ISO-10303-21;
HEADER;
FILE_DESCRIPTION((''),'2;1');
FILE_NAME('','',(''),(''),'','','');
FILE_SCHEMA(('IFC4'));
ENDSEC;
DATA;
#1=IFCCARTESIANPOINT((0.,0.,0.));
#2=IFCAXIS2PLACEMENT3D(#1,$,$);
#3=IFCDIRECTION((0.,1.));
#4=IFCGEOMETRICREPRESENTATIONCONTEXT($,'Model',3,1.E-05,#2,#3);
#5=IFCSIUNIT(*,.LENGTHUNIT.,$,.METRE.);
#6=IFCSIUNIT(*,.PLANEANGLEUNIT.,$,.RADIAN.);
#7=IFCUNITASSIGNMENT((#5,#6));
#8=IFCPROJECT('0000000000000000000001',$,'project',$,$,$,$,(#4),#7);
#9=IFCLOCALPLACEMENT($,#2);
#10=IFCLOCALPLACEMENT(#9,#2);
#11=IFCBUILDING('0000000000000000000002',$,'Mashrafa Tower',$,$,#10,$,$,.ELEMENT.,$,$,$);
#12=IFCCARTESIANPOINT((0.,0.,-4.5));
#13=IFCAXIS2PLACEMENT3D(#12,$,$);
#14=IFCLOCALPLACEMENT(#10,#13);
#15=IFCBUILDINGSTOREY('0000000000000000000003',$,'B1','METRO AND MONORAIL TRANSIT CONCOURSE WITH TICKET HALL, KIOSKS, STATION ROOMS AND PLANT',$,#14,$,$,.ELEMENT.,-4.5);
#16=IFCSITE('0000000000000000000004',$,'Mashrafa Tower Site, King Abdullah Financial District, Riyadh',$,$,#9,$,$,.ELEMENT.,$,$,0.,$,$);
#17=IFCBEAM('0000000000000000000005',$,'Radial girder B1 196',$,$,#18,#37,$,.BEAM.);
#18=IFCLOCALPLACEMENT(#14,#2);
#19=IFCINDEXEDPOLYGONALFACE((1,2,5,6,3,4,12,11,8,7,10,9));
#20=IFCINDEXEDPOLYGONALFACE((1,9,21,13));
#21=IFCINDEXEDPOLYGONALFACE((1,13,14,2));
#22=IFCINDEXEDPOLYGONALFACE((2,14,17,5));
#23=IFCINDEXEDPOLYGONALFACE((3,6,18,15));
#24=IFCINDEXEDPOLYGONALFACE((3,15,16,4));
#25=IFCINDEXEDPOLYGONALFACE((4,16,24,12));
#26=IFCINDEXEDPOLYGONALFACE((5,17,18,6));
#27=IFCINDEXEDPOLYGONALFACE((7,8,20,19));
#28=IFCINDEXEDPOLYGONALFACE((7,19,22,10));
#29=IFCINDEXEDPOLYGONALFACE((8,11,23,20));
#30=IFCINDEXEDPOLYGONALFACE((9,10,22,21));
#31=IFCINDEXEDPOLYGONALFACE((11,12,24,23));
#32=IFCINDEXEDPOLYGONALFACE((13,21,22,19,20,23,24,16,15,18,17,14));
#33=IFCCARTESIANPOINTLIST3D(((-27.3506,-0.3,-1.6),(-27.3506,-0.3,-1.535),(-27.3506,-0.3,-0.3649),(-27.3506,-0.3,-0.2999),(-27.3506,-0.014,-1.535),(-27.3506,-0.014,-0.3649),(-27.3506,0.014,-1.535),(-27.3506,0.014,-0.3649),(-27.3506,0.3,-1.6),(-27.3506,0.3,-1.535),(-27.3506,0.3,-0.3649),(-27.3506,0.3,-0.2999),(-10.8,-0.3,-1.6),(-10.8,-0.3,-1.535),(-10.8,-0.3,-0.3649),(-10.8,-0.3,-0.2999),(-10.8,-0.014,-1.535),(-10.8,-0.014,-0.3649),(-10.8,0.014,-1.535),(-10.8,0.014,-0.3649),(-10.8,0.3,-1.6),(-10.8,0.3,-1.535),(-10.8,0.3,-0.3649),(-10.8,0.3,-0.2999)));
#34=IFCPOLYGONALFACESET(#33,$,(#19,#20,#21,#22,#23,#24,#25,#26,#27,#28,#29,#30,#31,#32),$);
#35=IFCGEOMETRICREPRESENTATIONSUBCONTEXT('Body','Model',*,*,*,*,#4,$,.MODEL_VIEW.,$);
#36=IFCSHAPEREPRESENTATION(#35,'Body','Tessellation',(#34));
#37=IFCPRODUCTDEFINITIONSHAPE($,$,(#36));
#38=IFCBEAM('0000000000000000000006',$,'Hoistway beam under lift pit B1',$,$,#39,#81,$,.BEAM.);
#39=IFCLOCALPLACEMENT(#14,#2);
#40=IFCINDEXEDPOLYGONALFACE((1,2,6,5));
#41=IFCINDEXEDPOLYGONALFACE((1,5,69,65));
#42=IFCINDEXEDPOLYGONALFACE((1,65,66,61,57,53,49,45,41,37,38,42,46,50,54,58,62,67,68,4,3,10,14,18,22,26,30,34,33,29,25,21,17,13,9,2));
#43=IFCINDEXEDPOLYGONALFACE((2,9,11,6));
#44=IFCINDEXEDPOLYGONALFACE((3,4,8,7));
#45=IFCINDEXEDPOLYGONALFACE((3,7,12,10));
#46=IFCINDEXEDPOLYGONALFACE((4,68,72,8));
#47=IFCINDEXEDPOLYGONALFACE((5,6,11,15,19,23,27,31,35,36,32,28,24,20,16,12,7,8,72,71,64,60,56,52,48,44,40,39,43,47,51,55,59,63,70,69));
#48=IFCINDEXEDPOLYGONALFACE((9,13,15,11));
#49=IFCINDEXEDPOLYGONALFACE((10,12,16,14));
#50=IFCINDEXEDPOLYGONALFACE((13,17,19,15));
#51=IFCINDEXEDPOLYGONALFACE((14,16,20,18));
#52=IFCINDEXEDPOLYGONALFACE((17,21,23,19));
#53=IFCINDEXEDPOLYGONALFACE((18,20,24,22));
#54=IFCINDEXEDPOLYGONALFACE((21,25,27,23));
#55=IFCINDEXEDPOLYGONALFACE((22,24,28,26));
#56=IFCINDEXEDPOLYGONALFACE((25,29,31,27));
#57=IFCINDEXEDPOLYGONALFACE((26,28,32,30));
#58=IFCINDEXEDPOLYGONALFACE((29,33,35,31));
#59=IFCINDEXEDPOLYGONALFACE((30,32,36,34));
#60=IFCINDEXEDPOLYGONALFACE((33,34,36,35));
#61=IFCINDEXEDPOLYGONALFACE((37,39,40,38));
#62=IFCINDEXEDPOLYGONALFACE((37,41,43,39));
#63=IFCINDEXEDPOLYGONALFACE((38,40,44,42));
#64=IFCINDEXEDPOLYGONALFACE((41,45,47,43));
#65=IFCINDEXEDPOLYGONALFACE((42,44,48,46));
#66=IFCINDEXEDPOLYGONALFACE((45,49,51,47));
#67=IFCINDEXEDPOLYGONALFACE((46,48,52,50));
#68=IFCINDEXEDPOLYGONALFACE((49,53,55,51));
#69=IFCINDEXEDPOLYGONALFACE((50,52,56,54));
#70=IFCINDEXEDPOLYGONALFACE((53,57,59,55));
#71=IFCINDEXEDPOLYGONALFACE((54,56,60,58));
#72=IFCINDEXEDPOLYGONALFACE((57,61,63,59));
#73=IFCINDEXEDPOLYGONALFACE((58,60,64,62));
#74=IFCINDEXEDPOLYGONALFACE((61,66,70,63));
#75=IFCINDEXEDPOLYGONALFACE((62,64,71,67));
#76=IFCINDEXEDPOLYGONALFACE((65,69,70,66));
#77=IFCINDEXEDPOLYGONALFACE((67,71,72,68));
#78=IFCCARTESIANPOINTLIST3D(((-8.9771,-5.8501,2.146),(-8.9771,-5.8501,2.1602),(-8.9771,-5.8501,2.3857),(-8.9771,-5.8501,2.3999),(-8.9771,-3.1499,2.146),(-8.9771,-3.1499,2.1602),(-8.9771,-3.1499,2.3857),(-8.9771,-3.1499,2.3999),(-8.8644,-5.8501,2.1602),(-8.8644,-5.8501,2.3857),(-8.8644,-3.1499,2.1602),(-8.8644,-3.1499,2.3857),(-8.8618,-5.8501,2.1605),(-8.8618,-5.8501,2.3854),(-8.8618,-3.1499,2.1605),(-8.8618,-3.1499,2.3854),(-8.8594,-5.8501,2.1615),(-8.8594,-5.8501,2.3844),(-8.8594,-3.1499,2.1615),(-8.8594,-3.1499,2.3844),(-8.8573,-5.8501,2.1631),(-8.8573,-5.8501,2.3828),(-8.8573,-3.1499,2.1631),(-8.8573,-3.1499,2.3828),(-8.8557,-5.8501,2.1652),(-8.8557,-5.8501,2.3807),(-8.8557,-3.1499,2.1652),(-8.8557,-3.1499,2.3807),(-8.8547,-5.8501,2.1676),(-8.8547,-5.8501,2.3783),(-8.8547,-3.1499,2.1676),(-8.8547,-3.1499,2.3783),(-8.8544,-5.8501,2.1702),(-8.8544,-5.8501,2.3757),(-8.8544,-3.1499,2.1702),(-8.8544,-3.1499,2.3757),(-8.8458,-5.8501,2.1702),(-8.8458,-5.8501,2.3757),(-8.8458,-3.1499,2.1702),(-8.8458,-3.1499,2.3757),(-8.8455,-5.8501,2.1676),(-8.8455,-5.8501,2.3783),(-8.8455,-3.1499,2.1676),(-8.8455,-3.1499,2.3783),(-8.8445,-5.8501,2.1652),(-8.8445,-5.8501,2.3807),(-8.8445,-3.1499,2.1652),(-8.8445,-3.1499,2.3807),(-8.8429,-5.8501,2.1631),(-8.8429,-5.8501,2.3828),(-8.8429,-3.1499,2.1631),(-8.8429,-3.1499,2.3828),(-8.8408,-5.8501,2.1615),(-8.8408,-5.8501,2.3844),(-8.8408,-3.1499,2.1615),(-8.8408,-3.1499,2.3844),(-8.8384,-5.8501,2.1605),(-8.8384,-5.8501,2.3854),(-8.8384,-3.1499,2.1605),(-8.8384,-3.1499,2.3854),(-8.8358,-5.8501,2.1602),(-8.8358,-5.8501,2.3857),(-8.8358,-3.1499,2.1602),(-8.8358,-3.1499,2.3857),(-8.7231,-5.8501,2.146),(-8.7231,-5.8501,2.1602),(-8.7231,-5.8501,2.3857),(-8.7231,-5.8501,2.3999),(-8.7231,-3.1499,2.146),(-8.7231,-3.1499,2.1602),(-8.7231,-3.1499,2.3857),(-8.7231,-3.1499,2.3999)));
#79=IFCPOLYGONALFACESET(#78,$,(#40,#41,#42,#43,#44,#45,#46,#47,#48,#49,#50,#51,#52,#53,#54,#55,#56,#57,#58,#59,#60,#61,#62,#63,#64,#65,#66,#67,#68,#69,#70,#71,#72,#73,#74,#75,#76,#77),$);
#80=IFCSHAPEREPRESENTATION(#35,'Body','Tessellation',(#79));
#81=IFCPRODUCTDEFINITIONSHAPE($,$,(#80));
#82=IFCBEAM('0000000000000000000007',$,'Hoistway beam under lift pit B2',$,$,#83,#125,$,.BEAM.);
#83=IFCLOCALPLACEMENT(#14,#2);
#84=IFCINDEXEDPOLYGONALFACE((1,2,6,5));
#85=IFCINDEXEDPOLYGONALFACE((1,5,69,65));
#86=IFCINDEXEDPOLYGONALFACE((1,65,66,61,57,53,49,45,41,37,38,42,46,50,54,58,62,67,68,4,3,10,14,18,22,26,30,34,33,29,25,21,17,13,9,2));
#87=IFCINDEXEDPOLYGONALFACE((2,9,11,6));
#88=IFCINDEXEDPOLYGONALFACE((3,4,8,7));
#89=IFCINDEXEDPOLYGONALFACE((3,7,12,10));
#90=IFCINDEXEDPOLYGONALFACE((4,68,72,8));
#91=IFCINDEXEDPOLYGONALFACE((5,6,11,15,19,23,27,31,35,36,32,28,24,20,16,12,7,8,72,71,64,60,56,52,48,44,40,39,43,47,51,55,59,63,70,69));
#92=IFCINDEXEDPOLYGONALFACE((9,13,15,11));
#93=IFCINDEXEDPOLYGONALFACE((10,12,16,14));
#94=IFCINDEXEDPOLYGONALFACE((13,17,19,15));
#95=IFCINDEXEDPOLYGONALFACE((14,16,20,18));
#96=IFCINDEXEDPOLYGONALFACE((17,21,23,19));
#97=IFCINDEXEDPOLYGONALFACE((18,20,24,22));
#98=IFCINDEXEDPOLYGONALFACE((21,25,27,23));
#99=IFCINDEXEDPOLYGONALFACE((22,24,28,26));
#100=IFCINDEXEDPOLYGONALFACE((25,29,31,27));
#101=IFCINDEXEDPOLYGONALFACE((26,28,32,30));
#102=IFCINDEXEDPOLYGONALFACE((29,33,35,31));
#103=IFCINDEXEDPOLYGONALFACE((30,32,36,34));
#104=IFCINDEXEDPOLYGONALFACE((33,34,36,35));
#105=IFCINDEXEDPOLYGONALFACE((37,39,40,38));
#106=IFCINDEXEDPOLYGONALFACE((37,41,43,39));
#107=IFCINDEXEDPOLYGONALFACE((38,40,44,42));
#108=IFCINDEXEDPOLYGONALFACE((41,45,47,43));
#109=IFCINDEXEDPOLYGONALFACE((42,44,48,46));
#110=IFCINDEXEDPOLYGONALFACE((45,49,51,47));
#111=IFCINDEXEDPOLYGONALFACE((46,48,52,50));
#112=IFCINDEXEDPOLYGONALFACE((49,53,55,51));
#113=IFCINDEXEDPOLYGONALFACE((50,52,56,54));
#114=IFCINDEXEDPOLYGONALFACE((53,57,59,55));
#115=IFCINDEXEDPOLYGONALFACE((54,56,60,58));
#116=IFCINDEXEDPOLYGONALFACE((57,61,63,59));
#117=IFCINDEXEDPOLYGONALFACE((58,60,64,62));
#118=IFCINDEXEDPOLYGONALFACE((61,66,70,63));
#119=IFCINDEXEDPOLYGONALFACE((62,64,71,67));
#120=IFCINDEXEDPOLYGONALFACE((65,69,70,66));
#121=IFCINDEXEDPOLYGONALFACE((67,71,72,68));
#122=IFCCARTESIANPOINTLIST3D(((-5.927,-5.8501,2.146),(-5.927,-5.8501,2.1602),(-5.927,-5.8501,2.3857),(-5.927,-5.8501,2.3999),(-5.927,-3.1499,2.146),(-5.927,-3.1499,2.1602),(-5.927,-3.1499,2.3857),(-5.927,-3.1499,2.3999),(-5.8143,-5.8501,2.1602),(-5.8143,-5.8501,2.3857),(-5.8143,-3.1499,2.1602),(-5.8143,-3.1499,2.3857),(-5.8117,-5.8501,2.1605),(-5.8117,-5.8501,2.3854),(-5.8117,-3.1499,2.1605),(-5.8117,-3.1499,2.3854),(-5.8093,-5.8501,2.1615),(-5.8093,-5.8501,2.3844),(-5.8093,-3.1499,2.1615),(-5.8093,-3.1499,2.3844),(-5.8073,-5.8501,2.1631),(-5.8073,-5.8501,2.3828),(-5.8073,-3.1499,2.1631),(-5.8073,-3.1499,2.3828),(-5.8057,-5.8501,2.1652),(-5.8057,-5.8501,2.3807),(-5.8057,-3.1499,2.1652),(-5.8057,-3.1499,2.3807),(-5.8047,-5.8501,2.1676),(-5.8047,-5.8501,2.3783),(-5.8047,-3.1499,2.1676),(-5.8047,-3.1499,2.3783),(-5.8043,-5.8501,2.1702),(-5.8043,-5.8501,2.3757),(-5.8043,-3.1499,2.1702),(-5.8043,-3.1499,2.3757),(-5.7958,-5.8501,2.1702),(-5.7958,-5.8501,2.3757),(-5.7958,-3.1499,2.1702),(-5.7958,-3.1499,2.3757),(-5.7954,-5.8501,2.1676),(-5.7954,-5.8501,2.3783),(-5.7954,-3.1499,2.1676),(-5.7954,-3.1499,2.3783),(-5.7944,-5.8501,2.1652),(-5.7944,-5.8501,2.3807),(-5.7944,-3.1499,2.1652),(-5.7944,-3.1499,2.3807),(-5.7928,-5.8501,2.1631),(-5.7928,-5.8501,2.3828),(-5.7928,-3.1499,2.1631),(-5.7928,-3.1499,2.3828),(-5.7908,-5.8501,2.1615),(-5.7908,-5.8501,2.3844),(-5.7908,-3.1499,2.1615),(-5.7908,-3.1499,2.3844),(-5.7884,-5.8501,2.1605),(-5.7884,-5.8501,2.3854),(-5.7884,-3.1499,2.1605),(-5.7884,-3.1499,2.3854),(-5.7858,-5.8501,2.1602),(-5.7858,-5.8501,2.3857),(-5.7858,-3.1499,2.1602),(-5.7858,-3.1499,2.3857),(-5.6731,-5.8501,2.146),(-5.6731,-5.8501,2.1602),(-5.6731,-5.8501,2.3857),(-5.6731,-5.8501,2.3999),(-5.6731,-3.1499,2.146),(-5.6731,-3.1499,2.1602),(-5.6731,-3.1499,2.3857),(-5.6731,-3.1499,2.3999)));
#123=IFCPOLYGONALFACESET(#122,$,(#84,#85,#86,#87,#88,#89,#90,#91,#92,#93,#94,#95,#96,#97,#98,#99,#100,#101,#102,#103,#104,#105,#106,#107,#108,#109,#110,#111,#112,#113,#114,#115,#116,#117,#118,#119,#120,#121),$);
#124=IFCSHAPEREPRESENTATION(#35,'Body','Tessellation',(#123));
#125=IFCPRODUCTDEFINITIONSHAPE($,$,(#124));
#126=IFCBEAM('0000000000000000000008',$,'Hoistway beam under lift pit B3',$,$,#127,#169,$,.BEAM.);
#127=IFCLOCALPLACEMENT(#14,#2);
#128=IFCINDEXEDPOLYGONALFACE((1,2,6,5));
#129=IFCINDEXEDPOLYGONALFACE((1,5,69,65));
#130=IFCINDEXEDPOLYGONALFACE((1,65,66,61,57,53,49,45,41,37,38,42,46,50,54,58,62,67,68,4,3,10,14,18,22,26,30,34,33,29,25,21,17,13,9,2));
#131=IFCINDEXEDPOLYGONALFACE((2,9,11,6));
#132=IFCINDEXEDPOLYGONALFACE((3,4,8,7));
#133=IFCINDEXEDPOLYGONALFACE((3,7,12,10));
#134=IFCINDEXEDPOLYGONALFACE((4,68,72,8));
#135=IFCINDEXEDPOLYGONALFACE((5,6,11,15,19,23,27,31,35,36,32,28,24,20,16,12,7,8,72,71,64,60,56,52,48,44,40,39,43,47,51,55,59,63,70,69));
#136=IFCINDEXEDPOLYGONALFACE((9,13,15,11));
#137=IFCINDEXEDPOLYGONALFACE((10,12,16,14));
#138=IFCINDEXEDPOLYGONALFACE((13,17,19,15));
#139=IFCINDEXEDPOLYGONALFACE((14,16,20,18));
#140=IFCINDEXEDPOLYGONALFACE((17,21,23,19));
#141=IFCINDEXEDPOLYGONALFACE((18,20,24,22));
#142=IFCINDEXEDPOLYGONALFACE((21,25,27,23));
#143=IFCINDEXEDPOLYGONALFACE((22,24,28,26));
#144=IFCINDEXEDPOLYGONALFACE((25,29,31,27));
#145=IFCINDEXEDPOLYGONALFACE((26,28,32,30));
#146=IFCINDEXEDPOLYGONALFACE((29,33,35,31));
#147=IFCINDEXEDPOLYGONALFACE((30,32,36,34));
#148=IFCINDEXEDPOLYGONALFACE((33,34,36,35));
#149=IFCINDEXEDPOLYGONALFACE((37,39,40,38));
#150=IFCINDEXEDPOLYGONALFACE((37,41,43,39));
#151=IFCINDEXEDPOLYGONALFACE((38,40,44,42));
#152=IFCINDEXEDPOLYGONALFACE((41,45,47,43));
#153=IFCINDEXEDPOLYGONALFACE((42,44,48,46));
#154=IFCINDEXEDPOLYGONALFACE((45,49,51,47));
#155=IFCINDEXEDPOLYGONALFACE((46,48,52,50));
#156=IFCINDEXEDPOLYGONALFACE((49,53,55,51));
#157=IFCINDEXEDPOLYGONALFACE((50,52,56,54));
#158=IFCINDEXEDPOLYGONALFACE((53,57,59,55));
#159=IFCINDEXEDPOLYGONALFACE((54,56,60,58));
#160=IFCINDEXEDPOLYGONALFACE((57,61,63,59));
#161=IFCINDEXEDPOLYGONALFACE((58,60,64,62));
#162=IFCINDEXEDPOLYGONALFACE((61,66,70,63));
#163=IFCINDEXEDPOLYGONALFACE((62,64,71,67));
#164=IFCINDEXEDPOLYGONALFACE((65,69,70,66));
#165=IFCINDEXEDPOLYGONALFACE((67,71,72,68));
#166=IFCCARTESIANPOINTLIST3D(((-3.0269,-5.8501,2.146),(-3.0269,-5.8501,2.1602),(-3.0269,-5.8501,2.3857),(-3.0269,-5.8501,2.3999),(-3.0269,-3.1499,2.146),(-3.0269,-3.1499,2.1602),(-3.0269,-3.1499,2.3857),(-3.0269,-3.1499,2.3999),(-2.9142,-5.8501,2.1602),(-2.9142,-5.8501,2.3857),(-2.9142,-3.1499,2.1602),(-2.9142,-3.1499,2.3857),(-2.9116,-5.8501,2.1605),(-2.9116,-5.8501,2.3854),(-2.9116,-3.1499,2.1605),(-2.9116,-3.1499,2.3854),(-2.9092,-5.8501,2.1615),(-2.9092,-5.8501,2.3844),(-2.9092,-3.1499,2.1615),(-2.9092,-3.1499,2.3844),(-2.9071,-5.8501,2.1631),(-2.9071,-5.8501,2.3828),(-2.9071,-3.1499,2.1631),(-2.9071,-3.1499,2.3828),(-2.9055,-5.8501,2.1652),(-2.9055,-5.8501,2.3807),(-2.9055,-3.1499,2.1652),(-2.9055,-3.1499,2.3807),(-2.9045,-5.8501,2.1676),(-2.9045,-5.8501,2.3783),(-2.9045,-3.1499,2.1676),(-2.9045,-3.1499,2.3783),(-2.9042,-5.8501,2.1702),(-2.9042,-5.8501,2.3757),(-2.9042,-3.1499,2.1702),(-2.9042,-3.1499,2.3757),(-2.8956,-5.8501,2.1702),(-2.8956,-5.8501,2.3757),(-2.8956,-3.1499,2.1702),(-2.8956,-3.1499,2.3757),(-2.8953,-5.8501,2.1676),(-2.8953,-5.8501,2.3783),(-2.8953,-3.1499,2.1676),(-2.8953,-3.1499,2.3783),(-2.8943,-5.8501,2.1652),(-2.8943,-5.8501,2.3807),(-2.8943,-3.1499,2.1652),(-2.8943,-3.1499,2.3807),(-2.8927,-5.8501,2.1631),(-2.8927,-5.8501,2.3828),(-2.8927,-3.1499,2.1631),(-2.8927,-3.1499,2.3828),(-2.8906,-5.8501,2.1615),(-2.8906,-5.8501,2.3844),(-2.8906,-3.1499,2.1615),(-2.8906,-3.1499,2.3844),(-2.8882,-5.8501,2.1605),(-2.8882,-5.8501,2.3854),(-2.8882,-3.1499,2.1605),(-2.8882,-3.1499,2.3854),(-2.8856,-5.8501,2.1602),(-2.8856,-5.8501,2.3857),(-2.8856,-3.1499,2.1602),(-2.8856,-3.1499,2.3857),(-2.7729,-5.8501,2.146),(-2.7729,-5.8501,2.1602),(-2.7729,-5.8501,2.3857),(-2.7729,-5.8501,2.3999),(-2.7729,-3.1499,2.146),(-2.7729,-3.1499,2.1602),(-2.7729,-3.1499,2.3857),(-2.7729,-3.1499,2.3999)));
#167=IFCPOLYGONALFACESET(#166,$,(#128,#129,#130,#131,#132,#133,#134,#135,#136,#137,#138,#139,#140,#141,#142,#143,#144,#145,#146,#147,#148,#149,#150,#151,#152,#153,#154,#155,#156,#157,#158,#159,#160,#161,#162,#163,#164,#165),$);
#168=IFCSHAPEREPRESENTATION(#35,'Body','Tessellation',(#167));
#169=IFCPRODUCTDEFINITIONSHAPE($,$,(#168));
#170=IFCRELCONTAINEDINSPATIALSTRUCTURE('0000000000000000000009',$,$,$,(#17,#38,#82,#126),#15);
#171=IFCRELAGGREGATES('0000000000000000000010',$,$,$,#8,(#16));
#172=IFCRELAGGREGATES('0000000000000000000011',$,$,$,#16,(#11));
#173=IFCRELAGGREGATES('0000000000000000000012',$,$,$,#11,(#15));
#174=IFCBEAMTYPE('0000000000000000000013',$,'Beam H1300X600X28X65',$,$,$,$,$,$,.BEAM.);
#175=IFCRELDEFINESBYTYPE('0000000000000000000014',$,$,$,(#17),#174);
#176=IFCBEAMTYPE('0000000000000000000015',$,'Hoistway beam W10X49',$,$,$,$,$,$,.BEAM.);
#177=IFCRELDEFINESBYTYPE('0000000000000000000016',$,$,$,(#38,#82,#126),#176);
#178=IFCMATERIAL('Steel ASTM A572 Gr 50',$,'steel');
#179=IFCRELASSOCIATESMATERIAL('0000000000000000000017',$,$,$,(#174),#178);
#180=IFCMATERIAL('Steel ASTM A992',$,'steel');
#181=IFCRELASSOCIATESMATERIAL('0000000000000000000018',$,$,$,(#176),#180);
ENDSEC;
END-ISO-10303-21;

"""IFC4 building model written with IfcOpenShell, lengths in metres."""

from ifc_helpers import new_model, si_unit, direction, frame, origin, origin_2d, place, context, subcontext, project, spatial, i_section, extrude, material, material_profile, profile_set, type_object, element, save


model = new_model("IFC4")

# Units and contexts
model_context = context("Model", 3, precision=1e-05, world=origin(), true_north=direction((0.0, 1.0)))
body_context = subcontext(model_context, "Body", "Model", "MODEL_VIEW")
ifc_project = project(units=[si_unit("LENGTHUNIT", "METRE"), si_unit("PLANEANGLEUNIT", "RADIAN")], contexts=[model_context])

# Site, building, storey
site_placement = place(None, origin())
site = spatial("IfcSite", under=ifc_project, at=site_placement, Name="Mashrafa Tower Site, King Abdullah Financial District, Riyadh", CompositionType="ELEMENT", RefElevation=0.0)
building_placement = place(site_placement, origin())
building = spatial("IfcBuilding", under=site, at=building_placement, Name="Mashrafa Tower", CompositionType="ELEMENT")
storey_placement = place(building_placement, frame((0.0, 0.0, -4.5)))
storey = spatial("IfcBuildingStorey", under=building, at=storey_placement, Name="B1", Description="METRO AND MONORAIL TRANSIT CONCOURSE WITH TICKET HALL, KIOSKS, STATION ROOMS AND PLANT", CompositionType="ELEMENT", Elevation=-4.5)

# Beams
ifc_material_1 = material(Name="Steel ASTM A572 Gr 50", Category="steel")
ifc_material_profile_1 = material_profile(ifc_material_1, i_section(OverallWidth=0.6001, OverallDepth=1.3, WebThickness=0.0281, FlangeThickness=0.0649, at=origin_2d()), Name="H1300X600X28X65")
ifc_profile_set_1 = profile_set([ifc_material_profile_1], Name="Steel ASTM A572 Gr 50")
beam_type_1 = type_object("IfcBeamType", Name="Beam H1300X600X28X65", PredefinedType="BEAM", material=ifc_profile_set_1)
beam_1_placement = place(storey_placement, frame((-10.8, 0.0, -0.95), z_axis=(-1.0, 0.0, 0.0), x_axis=(0.0, -1.0, 0.0)))
element("IfcBeam", 1, at=beam_1_placement, inside=storey, type_object=beam_type_1, Name="Radial girder B1 196", PredefinedType="BEAM", context=body_context, shape_type="SweptSolid", body=[
    extrude(i_section(OverallWidth=0.6001, OverallDepth=1.3, WebThickness=0.0281, FlangeThickness=0.0649, at=origin_2d()), origin(), (0.0, 0.0, 1.0), 16.5505),
])
ifc_material_2 = material(Name="Steel ASTM A992", Category="steel")
ifc_material_profile_2 = material_profile(ifc_material_2, i_section(OverallWidth=0.2539, OverallDepth=0.2539, WebThickness=0.0085, FlangeThickness=0.0142, FilletRadius=0.01, at=origin_2d()), Name="W10X49")
ifc_profile_set_2 = profile_set([ifc_material_profile_2], Name="Steel ASTM A992")
beam_type_2 = type_object("IfcBeamType", Name="Hoistway beam W10X49", PredefinedType="BEAM", material=ifc_profile_set_2)
for number, where, z_axis, x_axis, name in (
    (2, (-8.8501, -5.8501, 2.2729), (0.0, 1.0, 0.0), (-1.0, 0.0, 0.0), "Hoistway beam under lift pit B1"),
    (3, (-5.8, -5.8501, 2.2729), (0.0, 1.0, 0.0), (-1.0, 0.0, 0.0), "Hoistway beam under lift pit B2"),
    (4, (-2.8999, -5.8501, 2.2729), (0.0, 1.0, 0.0), (-1.0, 0.0, 0.0), "Hoistway beam under lift pit B3"),
):
    element("IfcBeam", number, at=place(storey_placement, frame(where, z_axis=z_axis, x_axis=x_axis)), inside=storey, type_object=beam_type_2, Name=name, PredefinedType="BEAM", context=body_context, shape_type="SweptSolid", body=[
        extrude(i_section(OverallWidth=0.2539, OverallDepth=0.2539, WebThickness=0.0085, FlangeThickness=0.0142, FilletRadius=0.01, at=origin_2d()), origin(), (0.0, 0.0, 1.0), 2.7002),
    ])

save(model, "model.ifc")
